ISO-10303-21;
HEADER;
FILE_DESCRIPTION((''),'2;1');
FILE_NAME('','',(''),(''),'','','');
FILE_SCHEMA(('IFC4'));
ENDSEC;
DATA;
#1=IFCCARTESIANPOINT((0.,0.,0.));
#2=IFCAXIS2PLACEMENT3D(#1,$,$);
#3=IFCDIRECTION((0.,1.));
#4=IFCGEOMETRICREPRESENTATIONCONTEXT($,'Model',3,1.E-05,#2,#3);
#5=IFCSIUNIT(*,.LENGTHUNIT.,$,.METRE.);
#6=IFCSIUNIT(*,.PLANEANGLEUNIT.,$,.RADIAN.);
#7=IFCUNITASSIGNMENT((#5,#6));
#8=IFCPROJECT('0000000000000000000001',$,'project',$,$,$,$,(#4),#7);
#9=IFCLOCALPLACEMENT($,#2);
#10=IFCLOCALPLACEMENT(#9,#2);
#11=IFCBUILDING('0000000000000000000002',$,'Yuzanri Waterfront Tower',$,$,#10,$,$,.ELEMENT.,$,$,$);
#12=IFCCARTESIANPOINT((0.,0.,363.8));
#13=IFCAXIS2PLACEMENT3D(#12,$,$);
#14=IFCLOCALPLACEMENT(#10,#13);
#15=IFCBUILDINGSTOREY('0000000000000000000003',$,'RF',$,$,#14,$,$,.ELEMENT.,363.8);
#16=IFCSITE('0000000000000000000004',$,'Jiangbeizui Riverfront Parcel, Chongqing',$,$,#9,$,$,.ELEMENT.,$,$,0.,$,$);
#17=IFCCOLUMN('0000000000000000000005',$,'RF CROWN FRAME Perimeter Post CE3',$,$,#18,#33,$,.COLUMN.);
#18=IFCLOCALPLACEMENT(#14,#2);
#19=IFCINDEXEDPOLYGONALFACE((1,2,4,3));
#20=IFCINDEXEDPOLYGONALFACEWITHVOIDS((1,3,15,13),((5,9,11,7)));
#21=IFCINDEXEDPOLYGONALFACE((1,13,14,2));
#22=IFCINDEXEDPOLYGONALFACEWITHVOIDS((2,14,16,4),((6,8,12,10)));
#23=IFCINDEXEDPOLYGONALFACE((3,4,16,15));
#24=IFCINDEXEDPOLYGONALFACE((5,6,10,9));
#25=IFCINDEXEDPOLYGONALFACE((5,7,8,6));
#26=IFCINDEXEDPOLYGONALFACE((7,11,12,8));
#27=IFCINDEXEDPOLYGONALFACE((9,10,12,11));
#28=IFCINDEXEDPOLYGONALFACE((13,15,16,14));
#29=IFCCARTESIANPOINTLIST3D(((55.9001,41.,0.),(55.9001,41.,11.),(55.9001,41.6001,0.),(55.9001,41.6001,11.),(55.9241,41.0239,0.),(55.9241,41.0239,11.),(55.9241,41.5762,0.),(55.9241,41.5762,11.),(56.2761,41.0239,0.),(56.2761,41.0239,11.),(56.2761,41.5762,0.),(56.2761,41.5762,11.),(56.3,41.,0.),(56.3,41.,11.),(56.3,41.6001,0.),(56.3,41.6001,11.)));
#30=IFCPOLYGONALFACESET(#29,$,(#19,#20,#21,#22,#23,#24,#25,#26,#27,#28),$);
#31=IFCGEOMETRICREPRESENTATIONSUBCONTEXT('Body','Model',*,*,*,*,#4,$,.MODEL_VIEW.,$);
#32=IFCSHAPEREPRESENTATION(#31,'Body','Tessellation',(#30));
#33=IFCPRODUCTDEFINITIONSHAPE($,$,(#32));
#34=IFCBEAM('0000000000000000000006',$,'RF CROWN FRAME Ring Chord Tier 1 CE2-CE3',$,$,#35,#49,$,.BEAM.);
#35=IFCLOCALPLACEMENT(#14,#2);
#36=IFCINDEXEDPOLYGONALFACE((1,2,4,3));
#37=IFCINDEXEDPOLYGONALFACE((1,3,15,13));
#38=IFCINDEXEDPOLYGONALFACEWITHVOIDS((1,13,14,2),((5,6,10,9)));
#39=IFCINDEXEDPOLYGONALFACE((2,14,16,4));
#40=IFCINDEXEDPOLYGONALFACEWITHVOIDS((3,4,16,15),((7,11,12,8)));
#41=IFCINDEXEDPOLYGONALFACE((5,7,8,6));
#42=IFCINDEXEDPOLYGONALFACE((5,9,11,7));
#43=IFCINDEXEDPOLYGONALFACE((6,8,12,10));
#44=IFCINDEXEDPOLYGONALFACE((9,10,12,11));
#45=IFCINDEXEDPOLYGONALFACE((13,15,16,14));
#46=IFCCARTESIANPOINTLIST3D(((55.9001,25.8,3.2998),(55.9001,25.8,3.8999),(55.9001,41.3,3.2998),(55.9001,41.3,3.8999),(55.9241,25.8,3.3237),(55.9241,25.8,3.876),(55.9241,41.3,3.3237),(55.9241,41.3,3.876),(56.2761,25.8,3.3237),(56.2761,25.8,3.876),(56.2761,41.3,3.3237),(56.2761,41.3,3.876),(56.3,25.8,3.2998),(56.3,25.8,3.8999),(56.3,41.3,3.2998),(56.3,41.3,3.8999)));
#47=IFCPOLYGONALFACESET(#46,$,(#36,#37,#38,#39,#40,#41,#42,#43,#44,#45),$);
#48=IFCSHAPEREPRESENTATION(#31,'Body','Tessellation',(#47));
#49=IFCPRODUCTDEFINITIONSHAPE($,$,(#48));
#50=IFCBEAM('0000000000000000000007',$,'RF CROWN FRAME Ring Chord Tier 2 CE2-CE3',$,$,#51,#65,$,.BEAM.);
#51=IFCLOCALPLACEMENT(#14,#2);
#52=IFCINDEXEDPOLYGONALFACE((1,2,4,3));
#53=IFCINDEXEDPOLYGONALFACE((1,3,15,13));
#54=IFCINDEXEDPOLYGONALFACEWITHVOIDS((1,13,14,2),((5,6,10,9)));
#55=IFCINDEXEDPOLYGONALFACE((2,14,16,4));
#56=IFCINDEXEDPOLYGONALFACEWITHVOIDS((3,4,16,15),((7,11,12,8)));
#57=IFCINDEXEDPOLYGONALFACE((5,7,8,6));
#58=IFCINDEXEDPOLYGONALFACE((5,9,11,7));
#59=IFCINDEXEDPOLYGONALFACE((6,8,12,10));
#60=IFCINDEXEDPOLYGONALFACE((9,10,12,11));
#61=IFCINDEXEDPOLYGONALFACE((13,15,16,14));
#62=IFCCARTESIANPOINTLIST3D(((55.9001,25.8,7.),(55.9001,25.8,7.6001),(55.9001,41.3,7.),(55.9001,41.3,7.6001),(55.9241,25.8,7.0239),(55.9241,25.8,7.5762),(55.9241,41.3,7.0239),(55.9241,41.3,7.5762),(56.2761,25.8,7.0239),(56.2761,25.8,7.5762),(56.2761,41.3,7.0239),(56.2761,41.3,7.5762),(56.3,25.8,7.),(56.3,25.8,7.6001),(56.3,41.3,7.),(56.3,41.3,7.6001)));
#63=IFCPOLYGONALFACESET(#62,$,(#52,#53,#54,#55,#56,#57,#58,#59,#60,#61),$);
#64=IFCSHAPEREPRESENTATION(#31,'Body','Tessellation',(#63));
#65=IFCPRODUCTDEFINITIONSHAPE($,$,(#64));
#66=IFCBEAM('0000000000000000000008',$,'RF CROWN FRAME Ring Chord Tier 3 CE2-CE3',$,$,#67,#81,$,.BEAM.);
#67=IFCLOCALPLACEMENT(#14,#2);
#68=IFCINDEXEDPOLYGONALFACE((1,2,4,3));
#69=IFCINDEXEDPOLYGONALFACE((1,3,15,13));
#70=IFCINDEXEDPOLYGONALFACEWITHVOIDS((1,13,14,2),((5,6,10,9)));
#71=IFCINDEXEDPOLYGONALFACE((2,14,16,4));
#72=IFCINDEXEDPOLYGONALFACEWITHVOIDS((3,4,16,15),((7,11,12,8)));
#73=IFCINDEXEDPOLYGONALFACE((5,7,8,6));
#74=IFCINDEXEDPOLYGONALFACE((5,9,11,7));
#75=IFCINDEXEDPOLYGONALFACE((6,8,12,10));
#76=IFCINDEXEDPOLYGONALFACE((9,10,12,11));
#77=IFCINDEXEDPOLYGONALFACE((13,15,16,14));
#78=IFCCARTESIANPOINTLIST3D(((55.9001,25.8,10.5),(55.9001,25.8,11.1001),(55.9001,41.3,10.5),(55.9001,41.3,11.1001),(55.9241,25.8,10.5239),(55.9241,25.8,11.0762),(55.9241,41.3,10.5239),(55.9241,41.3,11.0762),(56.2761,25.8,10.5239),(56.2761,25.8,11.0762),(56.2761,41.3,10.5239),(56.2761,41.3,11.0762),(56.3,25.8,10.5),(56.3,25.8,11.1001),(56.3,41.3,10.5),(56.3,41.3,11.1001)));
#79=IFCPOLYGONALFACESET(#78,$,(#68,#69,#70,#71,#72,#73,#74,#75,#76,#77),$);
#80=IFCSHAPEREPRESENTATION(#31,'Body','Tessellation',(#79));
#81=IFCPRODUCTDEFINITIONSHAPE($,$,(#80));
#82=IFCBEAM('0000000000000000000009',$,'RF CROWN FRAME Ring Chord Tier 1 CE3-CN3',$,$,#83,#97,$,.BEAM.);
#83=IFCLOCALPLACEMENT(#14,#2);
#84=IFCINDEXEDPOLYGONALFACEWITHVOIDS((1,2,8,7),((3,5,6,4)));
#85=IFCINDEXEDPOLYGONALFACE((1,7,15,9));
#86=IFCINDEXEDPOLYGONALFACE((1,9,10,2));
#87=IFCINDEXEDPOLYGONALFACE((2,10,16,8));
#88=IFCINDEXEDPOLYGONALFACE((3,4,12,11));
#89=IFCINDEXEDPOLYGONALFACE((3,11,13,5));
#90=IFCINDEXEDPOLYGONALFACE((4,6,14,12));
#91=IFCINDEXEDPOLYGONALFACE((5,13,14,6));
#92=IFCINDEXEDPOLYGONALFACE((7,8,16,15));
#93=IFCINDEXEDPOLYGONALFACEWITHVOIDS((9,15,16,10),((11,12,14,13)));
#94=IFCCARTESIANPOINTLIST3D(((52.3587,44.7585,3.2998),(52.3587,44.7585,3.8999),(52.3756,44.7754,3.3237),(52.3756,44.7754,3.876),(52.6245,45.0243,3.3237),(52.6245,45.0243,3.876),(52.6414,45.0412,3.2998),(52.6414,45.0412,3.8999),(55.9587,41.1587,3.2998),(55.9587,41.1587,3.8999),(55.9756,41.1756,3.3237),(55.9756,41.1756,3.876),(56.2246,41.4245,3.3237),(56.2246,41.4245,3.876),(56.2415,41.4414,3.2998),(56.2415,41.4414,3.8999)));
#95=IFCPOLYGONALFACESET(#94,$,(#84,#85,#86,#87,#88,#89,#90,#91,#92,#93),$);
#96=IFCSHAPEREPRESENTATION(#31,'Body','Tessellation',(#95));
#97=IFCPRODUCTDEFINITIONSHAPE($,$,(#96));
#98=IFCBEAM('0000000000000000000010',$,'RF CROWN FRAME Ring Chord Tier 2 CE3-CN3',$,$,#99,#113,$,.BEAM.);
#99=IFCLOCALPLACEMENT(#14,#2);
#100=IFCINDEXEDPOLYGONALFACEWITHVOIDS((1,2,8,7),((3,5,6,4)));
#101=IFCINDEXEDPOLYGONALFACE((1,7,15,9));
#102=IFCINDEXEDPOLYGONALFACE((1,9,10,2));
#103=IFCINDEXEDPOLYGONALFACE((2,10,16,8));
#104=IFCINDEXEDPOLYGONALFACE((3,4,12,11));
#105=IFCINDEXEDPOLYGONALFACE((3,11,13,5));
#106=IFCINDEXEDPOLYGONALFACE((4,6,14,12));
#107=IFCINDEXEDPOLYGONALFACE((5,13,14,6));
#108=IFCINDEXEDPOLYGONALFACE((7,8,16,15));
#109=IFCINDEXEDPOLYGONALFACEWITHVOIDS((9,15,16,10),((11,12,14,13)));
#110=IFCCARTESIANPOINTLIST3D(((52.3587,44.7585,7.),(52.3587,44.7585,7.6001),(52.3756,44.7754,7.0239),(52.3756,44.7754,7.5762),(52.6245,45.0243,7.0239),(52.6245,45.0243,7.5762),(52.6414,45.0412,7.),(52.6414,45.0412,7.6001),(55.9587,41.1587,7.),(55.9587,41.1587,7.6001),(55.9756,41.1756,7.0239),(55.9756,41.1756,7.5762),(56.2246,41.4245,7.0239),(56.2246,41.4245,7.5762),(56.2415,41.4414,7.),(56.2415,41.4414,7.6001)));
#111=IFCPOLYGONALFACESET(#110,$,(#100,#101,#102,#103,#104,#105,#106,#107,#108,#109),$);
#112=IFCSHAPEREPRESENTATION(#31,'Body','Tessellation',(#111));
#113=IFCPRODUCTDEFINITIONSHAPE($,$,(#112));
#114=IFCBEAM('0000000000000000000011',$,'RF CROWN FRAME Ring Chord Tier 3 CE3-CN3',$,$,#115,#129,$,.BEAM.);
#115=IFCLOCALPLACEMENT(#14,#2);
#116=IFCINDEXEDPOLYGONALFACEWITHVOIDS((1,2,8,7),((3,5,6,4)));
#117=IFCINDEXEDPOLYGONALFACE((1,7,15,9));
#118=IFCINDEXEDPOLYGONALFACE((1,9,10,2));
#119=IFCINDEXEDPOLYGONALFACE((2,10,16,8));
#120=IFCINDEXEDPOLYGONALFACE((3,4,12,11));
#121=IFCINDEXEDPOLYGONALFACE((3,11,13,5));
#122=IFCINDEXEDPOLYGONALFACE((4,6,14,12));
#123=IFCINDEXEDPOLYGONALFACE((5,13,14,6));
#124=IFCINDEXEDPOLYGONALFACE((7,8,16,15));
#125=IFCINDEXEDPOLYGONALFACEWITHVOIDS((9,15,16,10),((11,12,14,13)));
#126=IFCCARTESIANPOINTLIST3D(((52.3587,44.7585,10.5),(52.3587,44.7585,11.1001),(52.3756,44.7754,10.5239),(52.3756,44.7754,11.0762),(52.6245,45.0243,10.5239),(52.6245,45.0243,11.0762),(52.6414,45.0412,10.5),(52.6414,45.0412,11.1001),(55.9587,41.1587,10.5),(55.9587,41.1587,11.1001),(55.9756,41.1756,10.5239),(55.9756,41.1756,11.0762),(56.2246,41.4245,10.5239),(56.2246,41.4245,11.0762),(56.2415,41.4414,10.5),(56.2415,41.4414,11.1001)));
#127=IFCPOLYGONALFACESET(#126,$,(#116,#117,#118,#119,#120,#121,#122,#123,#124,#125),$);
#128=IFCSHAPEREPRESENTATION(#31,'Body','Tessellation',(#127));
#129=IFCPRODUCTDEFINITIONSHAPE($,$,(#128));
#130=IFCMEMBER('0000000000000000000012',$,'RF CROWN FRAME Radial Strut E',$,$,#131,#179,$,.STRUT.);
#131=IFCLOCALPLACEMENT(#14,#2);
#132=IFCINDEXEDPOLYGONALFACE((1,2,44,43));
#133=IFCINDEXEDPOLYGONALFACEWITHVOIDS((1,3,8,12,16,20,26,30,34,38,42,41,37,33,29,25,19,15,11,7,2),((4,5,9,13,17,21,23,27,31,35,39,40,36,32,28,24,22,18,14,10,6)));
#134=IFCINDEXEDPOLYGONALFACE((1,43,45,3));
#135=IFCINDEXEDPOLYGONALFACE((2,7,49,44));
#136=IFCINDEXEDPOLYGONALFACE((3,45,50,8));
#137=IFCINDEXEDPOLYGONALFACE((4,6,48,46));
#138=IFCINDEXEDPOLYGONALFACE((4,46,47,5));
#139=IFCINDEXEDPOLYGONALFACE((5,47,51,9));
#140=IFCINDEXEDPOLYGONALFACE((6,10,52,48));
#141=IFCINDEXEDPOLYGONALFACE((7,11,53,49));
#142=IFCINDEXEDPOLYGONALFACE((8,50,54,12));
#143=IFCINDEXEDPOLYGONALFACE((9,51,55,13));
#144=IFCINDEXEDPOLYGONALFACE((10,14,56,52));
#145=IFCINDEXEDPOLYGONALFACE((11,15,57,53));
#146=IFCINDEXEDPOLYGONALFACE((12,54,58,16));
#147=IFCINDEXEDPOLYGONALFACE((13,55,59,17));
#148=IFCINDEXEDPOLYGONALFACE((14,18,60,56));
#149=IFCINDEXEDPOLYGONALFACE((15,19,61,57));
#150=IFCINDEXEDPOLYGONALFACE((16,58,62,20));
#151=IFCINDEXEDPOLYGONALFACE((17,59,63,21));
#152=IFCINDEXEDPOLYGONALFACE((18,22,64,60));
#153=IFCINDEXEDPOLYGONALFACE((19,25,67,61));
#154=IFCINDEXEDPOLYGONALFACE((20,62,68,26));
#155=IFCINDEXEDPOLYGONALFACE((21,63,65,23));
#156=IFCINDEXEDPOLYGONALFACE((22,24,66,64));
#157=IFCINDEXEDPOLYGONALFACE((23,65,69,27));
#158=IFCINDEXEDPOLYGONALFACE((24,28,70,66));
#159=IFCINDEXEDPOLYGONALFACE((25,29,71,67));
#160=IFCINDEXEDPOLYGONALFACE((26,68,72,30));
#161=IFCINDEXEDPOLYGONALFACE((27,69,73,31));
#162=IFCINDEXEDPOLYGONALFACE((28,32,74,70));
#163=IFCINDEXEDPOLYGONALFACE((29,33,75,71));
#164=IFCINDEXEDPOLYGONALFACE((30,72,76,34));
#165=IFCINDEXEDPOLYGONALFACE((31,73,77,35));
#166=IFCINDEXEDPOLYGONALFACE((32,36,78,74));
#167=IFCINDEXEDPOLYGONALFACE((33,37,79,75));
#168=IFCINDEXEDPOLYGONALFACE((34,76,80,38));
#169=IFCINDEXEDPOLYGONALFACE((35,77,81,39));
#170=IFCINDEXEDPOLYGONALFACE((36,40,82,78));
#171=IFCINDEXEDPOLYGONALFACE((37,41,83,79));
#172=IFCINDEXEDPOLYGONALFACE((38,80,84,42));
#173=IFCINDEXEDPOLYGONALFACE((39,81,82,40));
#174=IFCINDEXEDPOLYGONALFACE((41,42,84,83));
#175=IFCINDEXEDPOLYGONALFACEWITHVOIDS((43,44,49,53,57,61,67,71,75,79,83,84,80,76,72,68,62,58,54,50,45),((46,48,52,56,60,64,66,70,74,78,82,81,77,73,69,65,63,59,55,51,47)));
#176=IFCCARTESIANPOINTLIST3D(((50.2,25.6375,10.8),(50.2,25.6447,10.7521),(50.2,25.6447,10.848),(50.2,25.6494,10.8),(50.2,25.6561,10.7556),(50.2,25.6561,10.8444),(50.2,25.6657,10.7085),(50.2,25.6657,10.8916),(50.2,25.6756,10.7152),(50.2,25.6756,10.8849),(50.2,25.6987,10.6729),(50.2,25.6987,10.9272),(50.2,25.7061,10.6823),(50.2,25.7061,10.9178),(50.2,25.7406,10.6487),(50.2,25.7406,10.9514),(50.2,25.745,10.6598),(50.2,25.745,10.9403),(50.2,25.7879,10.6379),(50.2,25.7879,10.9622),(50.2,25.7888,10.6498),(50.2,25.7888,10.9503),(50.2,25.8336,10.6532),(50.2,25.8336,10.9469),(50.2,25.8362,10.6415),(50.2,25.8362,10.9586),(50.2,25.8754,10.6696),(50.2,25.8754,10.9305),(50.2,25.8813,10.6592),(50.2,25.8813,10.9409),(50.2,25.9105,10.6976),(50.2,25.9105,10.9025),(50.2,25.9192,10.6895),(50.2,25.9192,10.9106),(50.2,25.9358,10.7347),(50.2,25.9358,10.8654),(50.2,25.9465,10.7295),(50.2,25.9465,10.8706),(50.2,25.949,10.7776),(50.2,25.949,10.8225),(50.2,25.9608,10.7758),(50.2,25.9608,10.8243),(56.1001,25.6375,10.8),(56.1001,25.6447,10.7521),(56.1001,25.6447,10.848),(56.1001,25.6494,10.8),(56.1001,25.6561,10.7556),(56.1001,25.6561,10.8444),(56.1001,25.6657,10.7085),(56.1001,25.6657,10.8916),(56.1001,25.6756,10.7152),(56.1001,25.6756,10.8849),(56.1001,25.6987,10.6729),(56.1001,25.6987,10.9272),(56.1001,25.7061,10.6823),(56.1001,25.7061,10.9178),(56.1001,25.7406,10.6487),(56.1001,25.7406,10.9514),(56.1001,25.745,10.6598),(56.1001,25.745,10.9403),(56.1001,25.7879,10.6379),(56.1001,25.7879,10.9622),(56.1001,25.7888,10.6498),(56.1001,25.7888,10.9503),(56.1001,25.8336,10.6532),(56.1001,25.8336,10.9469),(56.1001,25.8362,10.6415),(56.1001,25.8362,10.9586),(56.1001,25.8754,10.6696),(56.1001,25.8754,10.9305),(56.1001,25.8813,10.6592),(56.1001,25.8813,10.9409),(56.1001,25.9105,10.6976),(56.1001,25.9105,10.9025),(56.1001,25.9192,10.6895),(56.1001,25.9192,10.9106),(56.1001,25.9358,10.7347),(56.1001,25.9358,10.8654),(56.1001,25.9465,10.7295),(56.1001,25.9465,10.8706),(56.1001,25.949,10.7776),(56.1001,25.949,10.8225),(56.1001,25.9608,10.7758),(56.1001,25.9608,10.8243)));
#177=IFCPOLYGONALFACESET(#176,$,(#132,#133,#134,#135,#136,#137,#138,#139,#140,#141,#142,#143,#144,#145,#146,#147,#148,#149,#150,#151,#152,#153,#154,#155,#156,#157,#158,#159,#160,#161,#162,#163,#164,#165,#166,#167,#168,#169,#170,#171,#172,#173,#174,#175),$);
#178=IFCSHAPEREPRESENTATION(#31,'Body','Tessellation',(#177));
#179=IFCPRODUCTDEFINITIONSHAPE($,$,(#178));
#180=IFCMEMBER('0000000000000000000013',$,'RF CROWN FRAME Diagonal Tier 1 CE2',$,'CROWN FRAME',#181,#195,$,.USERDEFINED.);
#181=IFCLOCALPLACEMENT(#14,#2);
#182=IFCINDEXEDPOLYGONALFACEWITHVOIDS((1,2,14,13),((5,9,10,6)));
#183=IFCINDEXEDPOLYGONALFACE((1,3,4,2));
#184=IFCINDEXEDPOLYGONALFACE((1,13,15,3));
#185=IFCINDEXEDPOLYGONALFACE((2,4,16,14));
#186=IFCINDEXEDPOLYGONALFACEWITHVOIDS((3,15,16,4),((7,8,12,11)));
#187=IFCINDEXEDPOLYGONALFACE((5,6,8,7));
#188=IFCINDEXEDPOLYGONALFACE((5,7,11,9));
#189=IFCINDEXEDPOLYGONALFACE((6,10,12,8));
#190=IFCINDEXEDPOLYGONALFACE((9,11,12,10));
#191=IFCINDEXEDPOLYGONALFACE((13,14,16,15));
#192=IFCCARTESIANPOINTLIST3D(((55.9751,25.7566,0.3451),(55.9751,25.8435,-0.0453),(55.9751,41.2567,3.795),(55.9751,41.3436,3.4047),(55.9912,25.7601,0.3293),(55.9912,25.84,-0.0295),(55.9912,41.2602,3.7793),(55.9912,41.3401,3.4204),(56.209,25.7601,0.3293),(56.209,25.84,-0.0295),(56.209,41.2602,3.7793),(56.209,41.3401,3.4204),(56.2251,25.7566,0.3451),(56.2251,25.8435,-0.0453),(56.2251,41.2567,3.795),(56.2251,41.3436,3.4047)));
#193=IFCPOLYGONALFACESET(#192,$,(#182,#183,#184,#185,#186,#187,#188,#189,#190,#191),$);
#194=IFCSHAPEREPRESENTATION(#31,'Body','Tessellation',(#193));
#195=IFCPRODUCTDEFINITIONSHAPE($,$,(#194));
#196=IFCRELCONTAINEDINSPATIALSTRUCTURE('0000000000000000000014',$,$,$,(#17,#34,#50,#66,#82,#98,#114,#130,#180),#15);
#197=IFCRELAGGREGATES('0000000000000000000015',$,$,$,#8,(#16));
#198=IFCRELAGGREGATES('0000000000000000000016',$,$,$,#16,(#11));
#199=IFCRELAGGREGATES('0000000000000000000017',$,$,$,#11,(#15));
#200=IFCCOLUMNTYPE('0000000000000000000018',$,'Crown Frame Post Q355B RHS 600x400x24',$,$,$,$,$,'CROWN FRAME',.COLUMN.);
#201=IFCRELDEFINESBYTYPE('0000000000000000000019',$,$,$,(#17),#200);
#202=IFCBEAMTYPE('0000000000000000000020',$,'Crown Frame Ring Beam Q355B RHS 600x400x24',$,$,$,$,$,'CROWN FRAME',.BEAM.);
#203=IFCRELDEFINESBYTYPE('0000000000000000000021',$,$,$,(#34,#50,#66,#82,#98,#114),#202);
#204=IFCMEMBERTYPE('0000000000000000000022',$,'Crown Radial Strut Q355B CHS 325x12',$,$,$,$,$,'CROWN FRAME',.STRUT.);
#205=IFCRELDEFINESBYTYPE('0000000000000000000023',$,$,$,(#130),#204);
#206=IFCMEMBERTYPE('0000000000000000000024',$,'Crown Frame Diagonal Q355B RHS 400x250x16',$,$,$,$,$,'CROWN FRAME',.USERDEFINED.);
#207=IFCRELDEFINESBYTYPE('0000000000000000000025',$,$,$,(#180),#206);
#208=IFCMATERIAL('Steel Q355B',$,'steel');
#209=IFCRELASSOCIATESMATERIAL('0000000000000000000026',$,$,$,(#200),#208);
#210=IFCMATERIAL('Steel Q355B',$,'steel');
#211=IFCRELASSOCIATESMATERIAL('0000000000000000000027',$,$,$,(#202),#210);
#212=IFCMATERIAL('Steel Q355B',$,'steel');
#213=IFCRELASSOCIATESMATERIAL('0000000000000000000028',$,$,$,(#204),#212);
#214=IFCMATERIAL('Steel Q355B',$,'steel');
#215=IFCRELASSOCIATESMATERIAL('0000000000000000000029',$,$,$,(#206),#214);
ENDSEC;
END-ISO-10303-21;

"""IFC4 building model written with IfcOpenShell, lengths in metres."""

from ifc_helpers import new_model, si_unit, direction, frame, origin, origin_2d, place, context, subcontext, project, spatial, hollow_rectangle, hollow_circle, extrude, source, transform, mapped, material, material_profile, profile_set, type_object, element, save


model = new_model("IFC4")

# Units and contexts
model_context = context("Model", 3, precision=1e-05, world=origin(), true_north=direction((0.0, 1.0)))
body_context = subcontext(model_context, "Body", "Model", "MODEL_VIEW")
ifc_project = project(units=[si_unit("LENGTHUNIT", "METRE"), si_unit("PLANEANGLEUNIT", "RADIAN")], contexts=[model_context])

# Site, building, storey
site_placement = place(None, origin())
site = spatial("IfcSite", under=ifc_project, at=site_placement, Name="Jiangbeizui Riverfront Parcel, Chongqing", CompositionType="ELEMENT", RefElevation=0.0)
building_placement = place(site_placement, origin())
building = spatial("IfcBuilding", under=site, at=building_placement, Name="Yuzanri Waterfront Tower", CompositionType="ELEMENT")
storey_placement = place(building_placement, frame((0.0, 0.0, 363.8)))
storey = spatial("IfcBuildingStorey", under=building, at=storey_placement, Name="RF", CompositionType="ELEMENT", Elevation=363.8)

# Column
ifc_material_1 = material(Name="Steel Q355B", Category="steel")
ifc_material_profile_1 = material_profile(ifc_material_1, hollow_rectangle(XDim=0.3999, YDim=0.6001, WallThickness=0.0239, at=origin_2d()), Name="RHS 600x400x24")
ifc_profile_set_1 = profile_set([ifc_material_profile_1], Name="Steel Q355B")
column_type = type_object("IfcColumnType", Name="Crown Frame Post Q355B RHS 600x400x24", ElementType="CROWN FRAME", PredefinedType="COLUMN", material=ifc_profile_set_1)
shared_shape_1 = source(origin(), body_context, "Body", "SweptSolid", [
    extrude(hollow_rectangle(XDim=0.3999, YDim=0.6001, WallThickness=0.0239, at=origin_2d()), origin(), (0.0, 0.0, 1.0), 11.0),
])
column_placement = place(storey_placement, frame((56.1001, 41.3, 0.0), z_axis=(0.0, 0.0, 1.0), x_axis=(1.0, 0.0, 0.0)))
element("IfcColumn", 1, at=column_placement, inside=storey, type_object=column_type, Name="RF CROWN FRAME Perimeter Post CE3", PredefinedType="COLUMN", context=body_context, shape_type="MappedRepresentation", body=[
    mapped(shared_shape_1, transform((0.0, 0.0, 0.0), scale=1.0)),
])

# Beams
ifc_material_2 = material(Name="Steel Q355B", Category="steel")
ifc_material_profile_2 = material_profile(ifc_material_2, hollow_rectangle(XDim=0.3999, YDim=0.6001, WallThickness=0.0239, at=origin_2d()), Name="RHS 600x400x24")
ifc_profile_set_2 = profile_set([ifc_material_profile_2], Name="Steel Q355B")
beam_type = type_object("IfcBeamType", Name="Crown Frame Ring Beam Q355B RHS 600x400x24", ElementType="CROWN FRAME", PredefinedType="BEAM", material=ifc_profile_set_2)
shared_shape_2 = source(origin(), body_context, "Body", "SweptSolid", [
    extrude(hollow_rectangle(XDim=0.3999, YDim=0.6001, WallThickness=0.0239, at=origin_2d()), origin(), (0.0, 0.0, 1.0), 15.5),
])
for number, where, z_axis, x_axis, name in (
    (2, (56.1001, 25.8, 3.5999), (0.0, 1.0, 0.0), (-1.0, 0.0, 0.0), "RF CROWN FRAME Ring Chord Tier 1 CE2-CE3"),
    (3, (56.1001, 25.8, 7.3), (0.0, 1.0, 0.0), (-1.0, 0.0, 0.0), "RF CROWN FRAME Ring Chord Tier 2 CE2-CE3"),
    (4, (56.1001, 25.8, 10.8), (0.0, 1.0, 0.0), (-1.0, 0.0, 0.0), "RF CROWN FRAME Ring Chord Tier 3 CE2-CE3"),
):
    element("IfcBeam", number, at=place(storey_placement, frame(where, z_axis=z_axis, x_axis=x_axis)), inside=storey, type_object=beam_type, Name=name, PredefinedType="BEAM", context=body_context, shape_type="MappedRepresentation", body=[
        mapped(shared_shape_2, transform((0.0, 0.0, 0.0), scale=1.0)),
    ])
shared_shape_3 = source(origin(), body_context, "Body", "SweptSolid", [
    extrude(hollow_rectangle(XDim=0.3999, YDim=0.6001, WallThickness=0.0239, at=origin_2d()), origin(), (0.0, 0.0, 1.0), 5.0911),
])
for number, where, z_axis, x_axis, name in (
    (5, (56.1001, 41.3, 3.5999), (-0.707131, 0.707083, 0.0), (-0.707083, -0.707131, 0.0), "RF CROWN FRAME Ring Chord Tier 1 CE3-CN3"),
    (6, (56.1001, 41.3, 7.3), (-0.707131, 0.707083, 0.0), (-0.707083, -0.707131, 0.0), "RF CROWN FRAME Ring Chord Tier 2 CE3-CN3"),
    (7, (56.1001, 41.3, 10.8), (-0.707131, 0.707083, 0.0), (-0.707083, -0.707131, 0.0), "RF CROWN FRAME Ring Chord Tier 3 CE3-CN3"),
):
    element("IfcBeam", number, at=place(storey_placement, frame(where, z_axis=z_axis, x_axis=x_axis)), inside=storey, type_object=beam_type, Name=name, PredefinedType="BEAM", context=body_context, shape_type="MappedRepresentation", body=[
        mapped(shared_shape_3, transform((0.0, 0.0, 0.0), scale=1.0)),
    ])

# Members
ifc_material_3 = material(Name="Steel Q355B", Category="steel")
ifc_material_profile_3 = material_profile(ifc_material_3, hollow_circle(Radius=0.1626, WallThickness=0.012, at=origin_2d()), Name="CHS 325x12")
ifc_profile_set_3 = profile_set([ifc_material_profile_3], Name="Steel Q355B")
member_type_1 = type_object("IfcMemberType", Name="Crown Radial Strut Q355B CHS 325x12", ElementType="CROWN FRAME", PredefinedType="STRUT", material=ifc_profile_set_3)
shared_shape_4 = source(origin(), body_context, "Body", "SweptSolid", [
    extrude(hollow_circle(Radius=0.1626, WallThickness=0.012, at=origin_2d()), origin(), (0.0, 0.0, 1.0), 5.9001),
])
member_1_placement = place(storey_placement, frame((56.1001, 25.8, 10.8), z_axis=(-1.0, 0.0, 0.0), x_axis=(0.0, -1.0, 0.0)))
element("IfcMember", 8, at=member_1_placement, inside=storey, type_object=member_type_1, Name="RF CROWN FRAME Radial Strut E", PredefinedType="STRUT", context=body_context, shape_type="MappedRepresentation", body=[
    mapped(shared_shape_4, transform((0.0, 0.0, 0.0), scale=1.0)),
])
ifc_material_4 = material(Name="Steel Q355B", Category="steel")
ifc_material_profile_4 = material_profile(ifc_material_4, hollow_rectangle(XDim=0.25, YDim=0.3999, WallThickness=0.0161, at=origin_2d()), Name="RHS 400x250x16")
ifc_profile_set_4 = profile_set([ifc_material_profile_4], Name="Steel Q355B")
member_type_2 = type_object("IfcMemberType", Name="Crown Frame Diagonal Q355B RHS 400x250x16", ElementType="CROWN FRAME", PredefinedType="USERDEFINED", material=ifc_profile_set_4)
shared_shape_5 = source(origin(), body_context, "Body", "SweptSolid", [
    extrude(hollow_rectangle(XDim=0.25, YDim=0.3999, WallThickness=0.0161, at=origin_2d()), origin(), (0.0, 0.0, 1.0), 15.8794),
])
member_2_placement = place(storey_placement, frame((56.1001, 25.8, 0.1499), z_axis=(0.0, 0.976114, 0.217261), x_axis=(-1.0, 0.0, 0.0)))
element("IfcMember", 9, at=member_2_placement, inside=storey, type_object=member_type_2, Name="RF CROWN FRAME Diagonal Tier 1 CE2", ObjectType="CROWN FRAME", PredefinedType="USERDEFINED", context=body_context, shape_type="MappedRepresentation", body=[
    mapped(shared_shape_5, transform((0.0, 0.0, 0.0), scale=1.0)),
])

save(model, "model.ifc")
